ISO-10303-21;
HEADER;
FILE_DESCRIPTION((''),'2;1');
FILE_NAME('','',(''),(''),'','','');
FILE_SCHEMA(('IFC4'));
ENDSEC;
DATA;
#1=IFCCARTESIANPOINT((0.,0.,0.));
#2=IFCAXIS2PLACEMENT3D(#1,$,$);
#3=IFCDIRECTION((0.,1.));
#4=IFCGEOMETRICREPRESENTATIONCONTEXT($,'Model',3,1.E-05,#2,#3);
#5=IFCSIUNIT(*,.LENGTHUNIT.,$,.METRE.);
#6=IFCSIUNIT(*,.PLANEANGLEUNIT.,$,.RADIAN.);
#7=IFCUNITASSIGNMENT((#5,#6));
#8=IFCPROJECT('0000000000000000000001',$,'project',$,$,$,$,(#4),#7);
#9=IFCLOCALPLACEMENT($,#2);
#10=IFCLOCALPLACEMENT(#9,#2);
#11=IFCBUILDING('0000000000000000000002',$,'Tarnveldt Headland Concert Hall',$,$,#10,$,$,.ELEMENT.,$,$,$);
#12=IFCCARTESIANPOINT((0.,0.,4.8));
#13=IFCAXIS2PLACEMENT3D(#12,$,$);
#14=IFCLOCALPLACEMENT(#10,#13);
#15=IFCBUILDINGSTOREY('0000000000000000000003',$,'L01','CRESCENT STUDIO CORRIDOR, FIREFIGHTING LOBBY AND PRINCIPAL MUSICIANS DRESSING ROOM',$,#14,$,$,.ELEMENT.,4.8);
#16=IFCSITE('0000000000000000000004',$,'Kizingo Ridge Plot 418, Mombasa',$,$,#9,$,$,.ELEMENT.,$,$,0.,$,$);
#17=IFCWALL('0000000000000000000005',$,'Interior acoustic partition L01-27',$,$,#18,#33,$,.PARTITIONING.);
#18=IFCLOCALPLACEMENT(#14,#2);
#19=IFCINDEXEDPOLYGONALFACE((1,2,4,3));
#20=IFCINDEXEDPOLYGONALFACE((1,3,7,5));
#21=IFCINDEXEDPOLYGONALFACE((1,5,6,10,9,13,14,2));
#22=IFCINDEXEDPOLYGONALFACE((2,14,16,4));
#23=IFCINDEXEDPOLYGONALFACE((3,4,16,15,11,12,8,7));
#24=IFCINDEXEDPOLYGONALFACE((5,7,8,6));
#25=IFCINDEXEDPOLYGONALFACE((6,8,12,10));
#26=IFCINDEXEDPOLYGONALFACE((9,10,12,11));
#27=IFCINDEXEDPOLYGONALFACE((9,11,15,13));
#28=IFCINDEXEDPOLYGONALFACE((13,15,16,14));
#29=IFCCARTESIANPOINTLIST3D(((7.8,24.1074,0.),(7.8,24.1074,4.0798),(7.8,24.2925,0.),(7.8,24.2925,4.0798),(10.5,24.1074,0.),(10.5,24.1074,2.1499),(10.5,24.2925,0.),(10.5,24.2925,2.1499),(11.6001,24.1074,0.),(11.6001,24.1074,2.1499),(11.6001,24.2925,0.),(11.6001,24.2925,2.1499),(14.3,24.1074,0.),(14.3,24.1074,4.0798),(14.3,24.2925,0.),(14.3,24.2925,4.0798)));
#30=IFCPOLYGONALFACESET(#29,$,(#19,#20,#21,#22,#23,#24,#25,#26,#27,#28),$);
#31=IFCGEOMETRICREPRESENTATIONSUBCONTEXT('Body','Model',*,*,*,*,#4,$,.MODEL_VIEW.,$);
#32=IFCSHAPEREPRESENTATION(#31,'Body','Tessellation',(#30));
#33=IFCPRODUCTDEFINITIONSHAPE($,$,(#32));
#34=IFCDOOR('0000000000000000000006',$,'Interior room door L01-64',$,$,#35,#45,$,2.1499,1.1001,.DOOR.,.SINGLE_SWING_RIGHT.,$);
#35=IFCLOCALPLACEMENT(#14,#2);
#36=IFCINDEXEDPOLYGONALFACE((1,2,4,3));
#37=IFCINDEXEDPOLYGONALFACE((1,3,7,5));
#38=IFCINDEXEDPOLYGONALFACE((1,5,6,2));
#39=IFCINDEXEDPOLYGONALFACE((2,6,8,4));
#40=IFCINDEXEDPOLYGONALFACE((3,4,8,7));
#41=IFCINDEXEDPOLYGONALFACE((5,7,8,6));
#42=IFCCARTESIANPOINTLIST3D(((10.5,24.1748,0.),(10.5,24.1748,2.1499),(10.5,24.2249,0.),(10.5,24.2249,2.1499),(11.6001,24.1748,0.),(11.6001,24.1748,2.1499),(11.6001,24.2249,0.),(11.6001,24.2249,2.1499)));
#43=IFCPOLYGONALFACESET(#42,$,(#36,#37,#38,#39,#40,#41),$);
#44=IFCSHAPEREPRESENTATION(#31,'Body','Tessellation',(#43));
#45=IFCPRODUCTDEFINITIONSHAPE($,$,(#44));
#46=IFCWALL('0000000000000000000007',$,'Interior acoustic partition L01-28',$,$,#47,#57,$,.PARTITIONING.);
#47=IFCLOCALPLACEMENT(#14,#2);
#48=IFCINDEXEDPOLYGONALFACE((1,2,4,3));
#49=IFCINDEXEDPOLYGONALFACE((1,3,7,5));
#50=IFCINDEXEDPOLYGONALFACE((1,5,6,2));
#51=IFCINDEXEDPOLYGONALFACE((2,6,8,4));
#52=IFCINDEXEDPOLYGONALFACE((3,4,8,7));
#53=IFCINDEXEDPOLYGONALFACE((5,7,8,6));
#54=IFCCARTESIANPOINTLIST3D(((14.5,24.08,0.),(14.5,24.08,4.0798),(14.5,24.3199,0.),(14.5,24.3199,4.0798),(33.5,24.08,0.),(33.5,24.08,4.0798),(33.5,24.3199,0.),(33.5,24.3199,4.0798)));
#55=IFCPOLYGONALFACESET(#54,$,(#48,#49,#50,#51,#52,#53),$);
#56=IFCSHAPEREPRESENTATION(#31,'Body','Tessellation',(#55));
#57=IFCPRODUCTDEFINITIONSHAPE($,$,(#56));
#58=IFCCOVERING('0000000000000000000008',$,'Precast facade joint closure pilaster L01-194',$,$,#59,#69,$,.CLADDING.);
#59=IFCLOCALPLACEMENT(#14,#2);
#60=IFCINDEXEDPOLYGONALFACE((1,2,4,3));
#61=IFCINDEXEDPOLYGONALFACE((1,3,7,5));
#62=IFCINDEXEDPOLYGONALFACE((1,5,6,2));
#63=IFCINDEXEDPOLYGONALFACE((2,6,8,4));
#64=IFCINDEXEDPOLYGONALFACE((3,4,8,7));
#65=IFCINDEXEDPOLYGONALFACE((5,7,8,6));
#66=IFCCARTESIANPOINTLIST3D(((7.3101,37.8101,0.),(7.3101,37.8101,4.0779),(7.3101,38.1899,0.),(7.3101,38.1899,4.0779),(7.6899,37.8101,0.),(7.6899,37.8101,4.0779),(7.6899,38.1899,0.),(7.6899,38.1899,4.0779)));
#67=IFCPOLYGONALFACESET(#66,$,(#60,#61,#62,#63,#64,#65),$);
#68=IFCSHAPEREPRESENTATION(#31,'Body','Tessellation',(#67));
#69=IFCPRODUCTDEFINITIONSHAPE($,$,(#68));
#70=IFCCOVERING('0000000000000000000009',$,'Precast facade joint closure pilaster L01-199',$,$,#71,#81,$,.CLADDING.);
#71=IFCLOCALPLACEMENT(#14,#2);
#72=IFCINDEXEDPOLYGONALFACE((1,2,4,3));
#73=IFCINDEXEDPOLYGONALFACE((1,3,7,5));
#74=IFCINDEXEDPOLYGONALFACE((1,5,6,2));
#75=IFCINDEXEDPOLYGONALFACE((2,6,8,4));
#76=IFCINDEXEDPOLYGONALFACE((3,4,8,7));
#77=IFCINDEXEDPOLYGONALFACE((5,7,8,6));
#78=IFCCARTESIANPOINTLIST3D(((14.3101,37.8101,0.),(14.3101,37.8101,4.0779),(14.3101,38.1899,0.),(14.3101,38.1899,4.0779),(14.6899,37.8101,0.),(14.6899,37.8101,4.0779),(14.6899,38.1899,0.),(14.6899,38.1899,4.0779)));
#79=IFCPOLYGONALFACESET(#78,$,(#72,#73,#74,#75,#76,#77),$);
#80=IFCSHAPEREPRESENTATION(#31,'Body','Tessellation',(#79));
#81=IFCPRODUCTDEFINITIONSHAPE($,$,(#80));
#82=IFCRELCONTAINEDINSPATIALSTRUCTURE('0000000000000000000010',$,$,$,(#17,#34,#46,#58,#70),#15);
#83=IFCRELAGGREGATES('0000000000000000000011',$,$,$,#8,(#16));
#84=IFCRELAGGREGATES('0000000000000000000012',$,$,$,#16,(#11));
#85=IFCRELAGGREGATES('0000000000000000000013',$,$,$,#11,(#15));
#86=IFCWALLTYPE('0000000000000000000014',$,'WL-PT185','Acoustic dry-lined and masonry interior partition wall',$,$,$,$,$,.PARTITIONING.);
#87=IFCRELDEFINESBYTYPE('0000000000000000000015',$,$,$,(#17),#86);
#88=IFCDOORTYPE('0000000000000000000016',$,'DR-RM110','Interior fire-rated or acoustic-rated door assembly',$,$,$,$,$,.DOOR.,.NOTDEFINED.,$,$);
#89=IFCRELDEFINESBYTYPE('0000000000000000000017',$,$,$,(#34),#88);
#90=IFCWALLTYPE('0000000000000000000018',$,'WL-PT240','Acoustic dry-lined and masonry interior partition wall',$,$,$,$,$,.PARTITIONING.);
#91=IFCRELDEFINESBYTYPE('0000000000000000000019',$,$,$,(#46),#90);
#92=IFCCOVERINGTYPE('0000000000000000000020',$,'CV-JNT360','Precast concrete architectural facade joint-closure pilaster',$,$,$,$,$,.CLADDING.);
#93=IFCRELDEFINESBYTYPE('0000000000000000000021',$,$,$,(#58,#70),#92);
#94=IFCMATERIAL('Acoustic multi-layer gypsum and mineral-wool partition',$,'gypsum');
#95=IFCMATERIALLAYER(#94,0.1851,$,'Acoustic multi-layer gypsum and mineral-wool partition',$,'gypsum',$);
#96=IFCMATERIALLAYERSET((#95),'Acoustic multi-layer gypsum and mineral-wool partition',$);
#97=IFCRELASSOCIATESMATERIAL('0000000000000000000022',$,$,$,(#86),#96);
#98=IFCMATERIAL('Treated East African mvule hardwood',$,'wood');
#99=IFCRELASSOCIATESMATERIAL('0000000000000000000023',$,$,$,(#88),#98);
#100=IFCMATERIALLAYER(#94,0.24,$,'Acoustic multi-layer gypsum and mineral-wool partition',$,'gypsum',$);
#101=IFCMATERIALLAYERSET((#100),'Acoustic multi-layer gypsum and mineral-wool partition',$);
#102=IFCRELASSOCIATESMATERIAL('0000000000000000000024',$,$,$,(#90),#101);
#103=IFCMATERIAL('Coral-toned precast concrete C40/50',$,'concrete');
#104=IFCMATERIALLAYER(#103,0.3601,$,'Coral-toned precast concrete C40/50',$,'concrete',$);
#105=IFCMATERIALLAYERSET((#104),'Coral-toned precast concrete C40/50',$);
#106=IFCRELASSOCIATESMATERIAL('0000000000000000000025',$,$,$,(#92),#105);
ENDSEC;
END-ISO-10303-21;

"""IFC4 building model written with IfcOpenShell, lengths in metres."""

from ifc_helpers import new_model, si_unit, direction, frame, frame_2d, origin, origin_2d, place, context, subcontext, project, spatial, rectangle, extrude, material, layer, layer_set, type_object, element, fill, save


model = new_model("IFC4")

# Units and contexts
model_context = context("Model", 3, precision=1e-05, world=origin(), true_north=direction((0.0, 1.0)))
body_context = subcontext(model_context, "Body", "Model", "MODEL_VIEW")
ifc_project = project(units=[si_unit("LENGTHUNIT", "METRE"), si_unit("PLANEANGLEUNIT", "RADIAN")], contexts=[model_context])

# Site, building, storey
site_placement = place(None, origin())
site = spatial("IfcSite", under=ifc_project, at=site_placement, Name="Kizingo Ridge Plot 418, Mombasa", CompositionType="ELEMENT", RefElevation=0.0)
building_placement = place(site_placement, origin())
building = spatial("IfcBuilding", under=site, at=building_placement, Name="Tarnveldt Headland Concert Hall", CompositionType="ELEMENT")
storey_placement = place(building_placement, frame((0.0, 0.0, 4.8)))
storey = spatial("IfcBuildingStorey", under=building, at=storey_placement, Name="L01", Description="CRESCENT STUDIO CORRIDOR, FIREFIGHTING LOBBY AND PRINCIPAL MUSICIANS DRESSING ROOM", CompositionType="ELEMENT", Elevation=4.8)

# Shared definitions
ifc_material_1 = material(Name="Coral-toned precast concrete C40/50", Category="concrete")

# Wall, opening, door
ifc_material_2 = material(Name="Acoustic multi-layer gypsum and mineral-wool partition", Category="gypsum")
ifc_material_3 = material(Name="Treated East African mvule hardwood", Category="wood")
ifc_layer_1 = layer(ifc_material_2, 0.1851, Name="Acoustic multi-layer gypsum and mineral-wool partition", Category="gypsum")
ifc_layer_set_1 = layer_set([ifc_layer_1], Name="Acoustic multi-layer gypsum and mineral-wool partition")
wall_type_1 = type_object("IfcWallType", Name="WL-PT185", Description="Acoustic dry-lined and masonry interior partition wall", PredefinedType="PARTITIONING", material=ifc_layer_set_1)
wall_1_placement = place(storey_placement, frame((7.8, 24.2, 0.0), z_axis=(0.0, 0.0, 1.0), x_axis=(1.0, 0.0, 0.0)))
wall_1 = element("IfcWall", 1, at=wall_1_placement, inside=storey, type_object=wall_type_1, Name="Interior acoustic partition L01-27", PredefinedType="PARTITIONING", context=body_context, shape_type="SweptSolid", body=[
    extrude(rectangle(XDim=6.5, YDim=0.1851, at=frame_2d((3.25, 0.0))), origin(), (0.0, 0.0, 1.0), 4.0798),
])
opening_1_placement = place(wall_1_placement, frame((2.7, 0.0, 0.0)))
opening_1 = element("IfcOpeningElement", 2, at=opening_1_placement, cuts=wall_1, PredefinedType="OPENING", context=body_context, shape_type="SweptSolid", body=[
    extrude(rectangle(XDim=1.1001, YDim=2.1499, at=frame_2d((0.55, 1.075))), frame((0.0, 0.1025, 0.0), z_axis=(0.0, -1.0, 0.0), x_axis=(1.0, 0.0, 0.0)), (0.0, 0.0, 1.0), 0.2051),
])
door_type_1 = type_object("IfcDoorType", Name="DR-RM110", Description="Interior fire-rated or acoustic-rated door assembly", OperationType="NOTDEFINED", PredefinedType="DOOR", material=ifc_material_3)
door_1_placement = place(opening_1_placement, origin())
door_1 = element("IfcDoor", 3, at=door_1_placement, inside=storey, type_object=door_type_1, Name="Interior room door L01-64", OperationType="SINGLE_SWING_RIGHT", OverallHeight=2.1499, OverallWidth=1.1001, PredefinedType="DOOR", context=body_context, shape_type="SweptSolid", body=[
    extrude(rectangle(XDim=1.1001, YDim=2.1499, at=frame_2d((0.55, 1.075))), frame((0.0, 0.0249, 0.0), z_axis=(0.0, -1.0, 0.0), x_axis=(1.0, 0.0, 0.0)), (0.0, 0.0, 1.0), 0.05),
])
fill(opening_1, door_1)

# Wall
ifc_layer_2 = layer(ifc_material_2, 0.24, Name="Acoustic multi-layer gypsum and mineral-wool partition", Category="gypsum")
ifc_layer_set_2 = layer_set([ifc_layer_2], Name="Acoustic multi-layer gypsum and mineral-wool partition")
wall_type_2 = type_object("IfcWallType", Name="WL-PT240", Description="Acoustic dry-lined and masonry interior partition wall", PredefinedType="PARTITIONING", material=ifc_layer_set_2)
wall_2_placement = place(storey_placement, frame((14.5, 24.2, 0.0), z_axis=(0.0, 0.0, 1.0), x_axis=(1.0, 0.0, 0.0)))
element("IfcWall", 4, at=wall_2_placement, inside=storey, type_object=wall_type_2, Name="Interior acoustic partition L01-28", PredefinedType="PARTITIONING", context=body_context, shape_type="SweptSolid", body=[
    extrude(rectangle(XDim=19.0, YDim=0.24, at=frame_2d((9.5, 0.0))), origin(), (0.0, 0.0, 1.0), 4.0798),
])

# Coverings
ifc_layer_3 = layer(ifc_material_1, 0.3601, Name="Coral-toned precast concrete C40/50", Category="concrete")
ifc_layer_set_3 = layer_set([ifc_layer_3], Name="Coral-toned precast concrete C40/50")
covering_type = type_object("IfcCoveringType", Name="CV-JNT360", Description="Precast concrete architectural facade joint-closure pilaster", PredefinedType="CLADDING", material=ifc_layer_set_3)
for number, where, z_axis, x_axis, name in (
    (5, (7.5, 38.0, 0.0), (0.0, 0.0, 1.0), (1.0, 0.0, 0.0), "Precast facade joint closure pilaster L01-194"),
    (6, (14.5, 38.0, 0.0), (0.0, 0.0, 1.0), (1.0, 0.0, 0.0), "Precast facade joint closure pilaster L01-199"),
):
    element("IfcCovering", number, at=place(storey_placement, frame(where, z_axis=z_axis, x_axis=x_axis)), inside=storey, type_object=covering_type, Name=name, PredefinedType="CLADDING", context=body_context, shape_type="SweptSolid", body=[
        extrude(rectangle(XDim=0.3799, YDim=0.3799, at=origin_2d()), origin(), (0.0, 0.0, 1.0), 4.0779),
    ])

save(model, "model.ifc")
